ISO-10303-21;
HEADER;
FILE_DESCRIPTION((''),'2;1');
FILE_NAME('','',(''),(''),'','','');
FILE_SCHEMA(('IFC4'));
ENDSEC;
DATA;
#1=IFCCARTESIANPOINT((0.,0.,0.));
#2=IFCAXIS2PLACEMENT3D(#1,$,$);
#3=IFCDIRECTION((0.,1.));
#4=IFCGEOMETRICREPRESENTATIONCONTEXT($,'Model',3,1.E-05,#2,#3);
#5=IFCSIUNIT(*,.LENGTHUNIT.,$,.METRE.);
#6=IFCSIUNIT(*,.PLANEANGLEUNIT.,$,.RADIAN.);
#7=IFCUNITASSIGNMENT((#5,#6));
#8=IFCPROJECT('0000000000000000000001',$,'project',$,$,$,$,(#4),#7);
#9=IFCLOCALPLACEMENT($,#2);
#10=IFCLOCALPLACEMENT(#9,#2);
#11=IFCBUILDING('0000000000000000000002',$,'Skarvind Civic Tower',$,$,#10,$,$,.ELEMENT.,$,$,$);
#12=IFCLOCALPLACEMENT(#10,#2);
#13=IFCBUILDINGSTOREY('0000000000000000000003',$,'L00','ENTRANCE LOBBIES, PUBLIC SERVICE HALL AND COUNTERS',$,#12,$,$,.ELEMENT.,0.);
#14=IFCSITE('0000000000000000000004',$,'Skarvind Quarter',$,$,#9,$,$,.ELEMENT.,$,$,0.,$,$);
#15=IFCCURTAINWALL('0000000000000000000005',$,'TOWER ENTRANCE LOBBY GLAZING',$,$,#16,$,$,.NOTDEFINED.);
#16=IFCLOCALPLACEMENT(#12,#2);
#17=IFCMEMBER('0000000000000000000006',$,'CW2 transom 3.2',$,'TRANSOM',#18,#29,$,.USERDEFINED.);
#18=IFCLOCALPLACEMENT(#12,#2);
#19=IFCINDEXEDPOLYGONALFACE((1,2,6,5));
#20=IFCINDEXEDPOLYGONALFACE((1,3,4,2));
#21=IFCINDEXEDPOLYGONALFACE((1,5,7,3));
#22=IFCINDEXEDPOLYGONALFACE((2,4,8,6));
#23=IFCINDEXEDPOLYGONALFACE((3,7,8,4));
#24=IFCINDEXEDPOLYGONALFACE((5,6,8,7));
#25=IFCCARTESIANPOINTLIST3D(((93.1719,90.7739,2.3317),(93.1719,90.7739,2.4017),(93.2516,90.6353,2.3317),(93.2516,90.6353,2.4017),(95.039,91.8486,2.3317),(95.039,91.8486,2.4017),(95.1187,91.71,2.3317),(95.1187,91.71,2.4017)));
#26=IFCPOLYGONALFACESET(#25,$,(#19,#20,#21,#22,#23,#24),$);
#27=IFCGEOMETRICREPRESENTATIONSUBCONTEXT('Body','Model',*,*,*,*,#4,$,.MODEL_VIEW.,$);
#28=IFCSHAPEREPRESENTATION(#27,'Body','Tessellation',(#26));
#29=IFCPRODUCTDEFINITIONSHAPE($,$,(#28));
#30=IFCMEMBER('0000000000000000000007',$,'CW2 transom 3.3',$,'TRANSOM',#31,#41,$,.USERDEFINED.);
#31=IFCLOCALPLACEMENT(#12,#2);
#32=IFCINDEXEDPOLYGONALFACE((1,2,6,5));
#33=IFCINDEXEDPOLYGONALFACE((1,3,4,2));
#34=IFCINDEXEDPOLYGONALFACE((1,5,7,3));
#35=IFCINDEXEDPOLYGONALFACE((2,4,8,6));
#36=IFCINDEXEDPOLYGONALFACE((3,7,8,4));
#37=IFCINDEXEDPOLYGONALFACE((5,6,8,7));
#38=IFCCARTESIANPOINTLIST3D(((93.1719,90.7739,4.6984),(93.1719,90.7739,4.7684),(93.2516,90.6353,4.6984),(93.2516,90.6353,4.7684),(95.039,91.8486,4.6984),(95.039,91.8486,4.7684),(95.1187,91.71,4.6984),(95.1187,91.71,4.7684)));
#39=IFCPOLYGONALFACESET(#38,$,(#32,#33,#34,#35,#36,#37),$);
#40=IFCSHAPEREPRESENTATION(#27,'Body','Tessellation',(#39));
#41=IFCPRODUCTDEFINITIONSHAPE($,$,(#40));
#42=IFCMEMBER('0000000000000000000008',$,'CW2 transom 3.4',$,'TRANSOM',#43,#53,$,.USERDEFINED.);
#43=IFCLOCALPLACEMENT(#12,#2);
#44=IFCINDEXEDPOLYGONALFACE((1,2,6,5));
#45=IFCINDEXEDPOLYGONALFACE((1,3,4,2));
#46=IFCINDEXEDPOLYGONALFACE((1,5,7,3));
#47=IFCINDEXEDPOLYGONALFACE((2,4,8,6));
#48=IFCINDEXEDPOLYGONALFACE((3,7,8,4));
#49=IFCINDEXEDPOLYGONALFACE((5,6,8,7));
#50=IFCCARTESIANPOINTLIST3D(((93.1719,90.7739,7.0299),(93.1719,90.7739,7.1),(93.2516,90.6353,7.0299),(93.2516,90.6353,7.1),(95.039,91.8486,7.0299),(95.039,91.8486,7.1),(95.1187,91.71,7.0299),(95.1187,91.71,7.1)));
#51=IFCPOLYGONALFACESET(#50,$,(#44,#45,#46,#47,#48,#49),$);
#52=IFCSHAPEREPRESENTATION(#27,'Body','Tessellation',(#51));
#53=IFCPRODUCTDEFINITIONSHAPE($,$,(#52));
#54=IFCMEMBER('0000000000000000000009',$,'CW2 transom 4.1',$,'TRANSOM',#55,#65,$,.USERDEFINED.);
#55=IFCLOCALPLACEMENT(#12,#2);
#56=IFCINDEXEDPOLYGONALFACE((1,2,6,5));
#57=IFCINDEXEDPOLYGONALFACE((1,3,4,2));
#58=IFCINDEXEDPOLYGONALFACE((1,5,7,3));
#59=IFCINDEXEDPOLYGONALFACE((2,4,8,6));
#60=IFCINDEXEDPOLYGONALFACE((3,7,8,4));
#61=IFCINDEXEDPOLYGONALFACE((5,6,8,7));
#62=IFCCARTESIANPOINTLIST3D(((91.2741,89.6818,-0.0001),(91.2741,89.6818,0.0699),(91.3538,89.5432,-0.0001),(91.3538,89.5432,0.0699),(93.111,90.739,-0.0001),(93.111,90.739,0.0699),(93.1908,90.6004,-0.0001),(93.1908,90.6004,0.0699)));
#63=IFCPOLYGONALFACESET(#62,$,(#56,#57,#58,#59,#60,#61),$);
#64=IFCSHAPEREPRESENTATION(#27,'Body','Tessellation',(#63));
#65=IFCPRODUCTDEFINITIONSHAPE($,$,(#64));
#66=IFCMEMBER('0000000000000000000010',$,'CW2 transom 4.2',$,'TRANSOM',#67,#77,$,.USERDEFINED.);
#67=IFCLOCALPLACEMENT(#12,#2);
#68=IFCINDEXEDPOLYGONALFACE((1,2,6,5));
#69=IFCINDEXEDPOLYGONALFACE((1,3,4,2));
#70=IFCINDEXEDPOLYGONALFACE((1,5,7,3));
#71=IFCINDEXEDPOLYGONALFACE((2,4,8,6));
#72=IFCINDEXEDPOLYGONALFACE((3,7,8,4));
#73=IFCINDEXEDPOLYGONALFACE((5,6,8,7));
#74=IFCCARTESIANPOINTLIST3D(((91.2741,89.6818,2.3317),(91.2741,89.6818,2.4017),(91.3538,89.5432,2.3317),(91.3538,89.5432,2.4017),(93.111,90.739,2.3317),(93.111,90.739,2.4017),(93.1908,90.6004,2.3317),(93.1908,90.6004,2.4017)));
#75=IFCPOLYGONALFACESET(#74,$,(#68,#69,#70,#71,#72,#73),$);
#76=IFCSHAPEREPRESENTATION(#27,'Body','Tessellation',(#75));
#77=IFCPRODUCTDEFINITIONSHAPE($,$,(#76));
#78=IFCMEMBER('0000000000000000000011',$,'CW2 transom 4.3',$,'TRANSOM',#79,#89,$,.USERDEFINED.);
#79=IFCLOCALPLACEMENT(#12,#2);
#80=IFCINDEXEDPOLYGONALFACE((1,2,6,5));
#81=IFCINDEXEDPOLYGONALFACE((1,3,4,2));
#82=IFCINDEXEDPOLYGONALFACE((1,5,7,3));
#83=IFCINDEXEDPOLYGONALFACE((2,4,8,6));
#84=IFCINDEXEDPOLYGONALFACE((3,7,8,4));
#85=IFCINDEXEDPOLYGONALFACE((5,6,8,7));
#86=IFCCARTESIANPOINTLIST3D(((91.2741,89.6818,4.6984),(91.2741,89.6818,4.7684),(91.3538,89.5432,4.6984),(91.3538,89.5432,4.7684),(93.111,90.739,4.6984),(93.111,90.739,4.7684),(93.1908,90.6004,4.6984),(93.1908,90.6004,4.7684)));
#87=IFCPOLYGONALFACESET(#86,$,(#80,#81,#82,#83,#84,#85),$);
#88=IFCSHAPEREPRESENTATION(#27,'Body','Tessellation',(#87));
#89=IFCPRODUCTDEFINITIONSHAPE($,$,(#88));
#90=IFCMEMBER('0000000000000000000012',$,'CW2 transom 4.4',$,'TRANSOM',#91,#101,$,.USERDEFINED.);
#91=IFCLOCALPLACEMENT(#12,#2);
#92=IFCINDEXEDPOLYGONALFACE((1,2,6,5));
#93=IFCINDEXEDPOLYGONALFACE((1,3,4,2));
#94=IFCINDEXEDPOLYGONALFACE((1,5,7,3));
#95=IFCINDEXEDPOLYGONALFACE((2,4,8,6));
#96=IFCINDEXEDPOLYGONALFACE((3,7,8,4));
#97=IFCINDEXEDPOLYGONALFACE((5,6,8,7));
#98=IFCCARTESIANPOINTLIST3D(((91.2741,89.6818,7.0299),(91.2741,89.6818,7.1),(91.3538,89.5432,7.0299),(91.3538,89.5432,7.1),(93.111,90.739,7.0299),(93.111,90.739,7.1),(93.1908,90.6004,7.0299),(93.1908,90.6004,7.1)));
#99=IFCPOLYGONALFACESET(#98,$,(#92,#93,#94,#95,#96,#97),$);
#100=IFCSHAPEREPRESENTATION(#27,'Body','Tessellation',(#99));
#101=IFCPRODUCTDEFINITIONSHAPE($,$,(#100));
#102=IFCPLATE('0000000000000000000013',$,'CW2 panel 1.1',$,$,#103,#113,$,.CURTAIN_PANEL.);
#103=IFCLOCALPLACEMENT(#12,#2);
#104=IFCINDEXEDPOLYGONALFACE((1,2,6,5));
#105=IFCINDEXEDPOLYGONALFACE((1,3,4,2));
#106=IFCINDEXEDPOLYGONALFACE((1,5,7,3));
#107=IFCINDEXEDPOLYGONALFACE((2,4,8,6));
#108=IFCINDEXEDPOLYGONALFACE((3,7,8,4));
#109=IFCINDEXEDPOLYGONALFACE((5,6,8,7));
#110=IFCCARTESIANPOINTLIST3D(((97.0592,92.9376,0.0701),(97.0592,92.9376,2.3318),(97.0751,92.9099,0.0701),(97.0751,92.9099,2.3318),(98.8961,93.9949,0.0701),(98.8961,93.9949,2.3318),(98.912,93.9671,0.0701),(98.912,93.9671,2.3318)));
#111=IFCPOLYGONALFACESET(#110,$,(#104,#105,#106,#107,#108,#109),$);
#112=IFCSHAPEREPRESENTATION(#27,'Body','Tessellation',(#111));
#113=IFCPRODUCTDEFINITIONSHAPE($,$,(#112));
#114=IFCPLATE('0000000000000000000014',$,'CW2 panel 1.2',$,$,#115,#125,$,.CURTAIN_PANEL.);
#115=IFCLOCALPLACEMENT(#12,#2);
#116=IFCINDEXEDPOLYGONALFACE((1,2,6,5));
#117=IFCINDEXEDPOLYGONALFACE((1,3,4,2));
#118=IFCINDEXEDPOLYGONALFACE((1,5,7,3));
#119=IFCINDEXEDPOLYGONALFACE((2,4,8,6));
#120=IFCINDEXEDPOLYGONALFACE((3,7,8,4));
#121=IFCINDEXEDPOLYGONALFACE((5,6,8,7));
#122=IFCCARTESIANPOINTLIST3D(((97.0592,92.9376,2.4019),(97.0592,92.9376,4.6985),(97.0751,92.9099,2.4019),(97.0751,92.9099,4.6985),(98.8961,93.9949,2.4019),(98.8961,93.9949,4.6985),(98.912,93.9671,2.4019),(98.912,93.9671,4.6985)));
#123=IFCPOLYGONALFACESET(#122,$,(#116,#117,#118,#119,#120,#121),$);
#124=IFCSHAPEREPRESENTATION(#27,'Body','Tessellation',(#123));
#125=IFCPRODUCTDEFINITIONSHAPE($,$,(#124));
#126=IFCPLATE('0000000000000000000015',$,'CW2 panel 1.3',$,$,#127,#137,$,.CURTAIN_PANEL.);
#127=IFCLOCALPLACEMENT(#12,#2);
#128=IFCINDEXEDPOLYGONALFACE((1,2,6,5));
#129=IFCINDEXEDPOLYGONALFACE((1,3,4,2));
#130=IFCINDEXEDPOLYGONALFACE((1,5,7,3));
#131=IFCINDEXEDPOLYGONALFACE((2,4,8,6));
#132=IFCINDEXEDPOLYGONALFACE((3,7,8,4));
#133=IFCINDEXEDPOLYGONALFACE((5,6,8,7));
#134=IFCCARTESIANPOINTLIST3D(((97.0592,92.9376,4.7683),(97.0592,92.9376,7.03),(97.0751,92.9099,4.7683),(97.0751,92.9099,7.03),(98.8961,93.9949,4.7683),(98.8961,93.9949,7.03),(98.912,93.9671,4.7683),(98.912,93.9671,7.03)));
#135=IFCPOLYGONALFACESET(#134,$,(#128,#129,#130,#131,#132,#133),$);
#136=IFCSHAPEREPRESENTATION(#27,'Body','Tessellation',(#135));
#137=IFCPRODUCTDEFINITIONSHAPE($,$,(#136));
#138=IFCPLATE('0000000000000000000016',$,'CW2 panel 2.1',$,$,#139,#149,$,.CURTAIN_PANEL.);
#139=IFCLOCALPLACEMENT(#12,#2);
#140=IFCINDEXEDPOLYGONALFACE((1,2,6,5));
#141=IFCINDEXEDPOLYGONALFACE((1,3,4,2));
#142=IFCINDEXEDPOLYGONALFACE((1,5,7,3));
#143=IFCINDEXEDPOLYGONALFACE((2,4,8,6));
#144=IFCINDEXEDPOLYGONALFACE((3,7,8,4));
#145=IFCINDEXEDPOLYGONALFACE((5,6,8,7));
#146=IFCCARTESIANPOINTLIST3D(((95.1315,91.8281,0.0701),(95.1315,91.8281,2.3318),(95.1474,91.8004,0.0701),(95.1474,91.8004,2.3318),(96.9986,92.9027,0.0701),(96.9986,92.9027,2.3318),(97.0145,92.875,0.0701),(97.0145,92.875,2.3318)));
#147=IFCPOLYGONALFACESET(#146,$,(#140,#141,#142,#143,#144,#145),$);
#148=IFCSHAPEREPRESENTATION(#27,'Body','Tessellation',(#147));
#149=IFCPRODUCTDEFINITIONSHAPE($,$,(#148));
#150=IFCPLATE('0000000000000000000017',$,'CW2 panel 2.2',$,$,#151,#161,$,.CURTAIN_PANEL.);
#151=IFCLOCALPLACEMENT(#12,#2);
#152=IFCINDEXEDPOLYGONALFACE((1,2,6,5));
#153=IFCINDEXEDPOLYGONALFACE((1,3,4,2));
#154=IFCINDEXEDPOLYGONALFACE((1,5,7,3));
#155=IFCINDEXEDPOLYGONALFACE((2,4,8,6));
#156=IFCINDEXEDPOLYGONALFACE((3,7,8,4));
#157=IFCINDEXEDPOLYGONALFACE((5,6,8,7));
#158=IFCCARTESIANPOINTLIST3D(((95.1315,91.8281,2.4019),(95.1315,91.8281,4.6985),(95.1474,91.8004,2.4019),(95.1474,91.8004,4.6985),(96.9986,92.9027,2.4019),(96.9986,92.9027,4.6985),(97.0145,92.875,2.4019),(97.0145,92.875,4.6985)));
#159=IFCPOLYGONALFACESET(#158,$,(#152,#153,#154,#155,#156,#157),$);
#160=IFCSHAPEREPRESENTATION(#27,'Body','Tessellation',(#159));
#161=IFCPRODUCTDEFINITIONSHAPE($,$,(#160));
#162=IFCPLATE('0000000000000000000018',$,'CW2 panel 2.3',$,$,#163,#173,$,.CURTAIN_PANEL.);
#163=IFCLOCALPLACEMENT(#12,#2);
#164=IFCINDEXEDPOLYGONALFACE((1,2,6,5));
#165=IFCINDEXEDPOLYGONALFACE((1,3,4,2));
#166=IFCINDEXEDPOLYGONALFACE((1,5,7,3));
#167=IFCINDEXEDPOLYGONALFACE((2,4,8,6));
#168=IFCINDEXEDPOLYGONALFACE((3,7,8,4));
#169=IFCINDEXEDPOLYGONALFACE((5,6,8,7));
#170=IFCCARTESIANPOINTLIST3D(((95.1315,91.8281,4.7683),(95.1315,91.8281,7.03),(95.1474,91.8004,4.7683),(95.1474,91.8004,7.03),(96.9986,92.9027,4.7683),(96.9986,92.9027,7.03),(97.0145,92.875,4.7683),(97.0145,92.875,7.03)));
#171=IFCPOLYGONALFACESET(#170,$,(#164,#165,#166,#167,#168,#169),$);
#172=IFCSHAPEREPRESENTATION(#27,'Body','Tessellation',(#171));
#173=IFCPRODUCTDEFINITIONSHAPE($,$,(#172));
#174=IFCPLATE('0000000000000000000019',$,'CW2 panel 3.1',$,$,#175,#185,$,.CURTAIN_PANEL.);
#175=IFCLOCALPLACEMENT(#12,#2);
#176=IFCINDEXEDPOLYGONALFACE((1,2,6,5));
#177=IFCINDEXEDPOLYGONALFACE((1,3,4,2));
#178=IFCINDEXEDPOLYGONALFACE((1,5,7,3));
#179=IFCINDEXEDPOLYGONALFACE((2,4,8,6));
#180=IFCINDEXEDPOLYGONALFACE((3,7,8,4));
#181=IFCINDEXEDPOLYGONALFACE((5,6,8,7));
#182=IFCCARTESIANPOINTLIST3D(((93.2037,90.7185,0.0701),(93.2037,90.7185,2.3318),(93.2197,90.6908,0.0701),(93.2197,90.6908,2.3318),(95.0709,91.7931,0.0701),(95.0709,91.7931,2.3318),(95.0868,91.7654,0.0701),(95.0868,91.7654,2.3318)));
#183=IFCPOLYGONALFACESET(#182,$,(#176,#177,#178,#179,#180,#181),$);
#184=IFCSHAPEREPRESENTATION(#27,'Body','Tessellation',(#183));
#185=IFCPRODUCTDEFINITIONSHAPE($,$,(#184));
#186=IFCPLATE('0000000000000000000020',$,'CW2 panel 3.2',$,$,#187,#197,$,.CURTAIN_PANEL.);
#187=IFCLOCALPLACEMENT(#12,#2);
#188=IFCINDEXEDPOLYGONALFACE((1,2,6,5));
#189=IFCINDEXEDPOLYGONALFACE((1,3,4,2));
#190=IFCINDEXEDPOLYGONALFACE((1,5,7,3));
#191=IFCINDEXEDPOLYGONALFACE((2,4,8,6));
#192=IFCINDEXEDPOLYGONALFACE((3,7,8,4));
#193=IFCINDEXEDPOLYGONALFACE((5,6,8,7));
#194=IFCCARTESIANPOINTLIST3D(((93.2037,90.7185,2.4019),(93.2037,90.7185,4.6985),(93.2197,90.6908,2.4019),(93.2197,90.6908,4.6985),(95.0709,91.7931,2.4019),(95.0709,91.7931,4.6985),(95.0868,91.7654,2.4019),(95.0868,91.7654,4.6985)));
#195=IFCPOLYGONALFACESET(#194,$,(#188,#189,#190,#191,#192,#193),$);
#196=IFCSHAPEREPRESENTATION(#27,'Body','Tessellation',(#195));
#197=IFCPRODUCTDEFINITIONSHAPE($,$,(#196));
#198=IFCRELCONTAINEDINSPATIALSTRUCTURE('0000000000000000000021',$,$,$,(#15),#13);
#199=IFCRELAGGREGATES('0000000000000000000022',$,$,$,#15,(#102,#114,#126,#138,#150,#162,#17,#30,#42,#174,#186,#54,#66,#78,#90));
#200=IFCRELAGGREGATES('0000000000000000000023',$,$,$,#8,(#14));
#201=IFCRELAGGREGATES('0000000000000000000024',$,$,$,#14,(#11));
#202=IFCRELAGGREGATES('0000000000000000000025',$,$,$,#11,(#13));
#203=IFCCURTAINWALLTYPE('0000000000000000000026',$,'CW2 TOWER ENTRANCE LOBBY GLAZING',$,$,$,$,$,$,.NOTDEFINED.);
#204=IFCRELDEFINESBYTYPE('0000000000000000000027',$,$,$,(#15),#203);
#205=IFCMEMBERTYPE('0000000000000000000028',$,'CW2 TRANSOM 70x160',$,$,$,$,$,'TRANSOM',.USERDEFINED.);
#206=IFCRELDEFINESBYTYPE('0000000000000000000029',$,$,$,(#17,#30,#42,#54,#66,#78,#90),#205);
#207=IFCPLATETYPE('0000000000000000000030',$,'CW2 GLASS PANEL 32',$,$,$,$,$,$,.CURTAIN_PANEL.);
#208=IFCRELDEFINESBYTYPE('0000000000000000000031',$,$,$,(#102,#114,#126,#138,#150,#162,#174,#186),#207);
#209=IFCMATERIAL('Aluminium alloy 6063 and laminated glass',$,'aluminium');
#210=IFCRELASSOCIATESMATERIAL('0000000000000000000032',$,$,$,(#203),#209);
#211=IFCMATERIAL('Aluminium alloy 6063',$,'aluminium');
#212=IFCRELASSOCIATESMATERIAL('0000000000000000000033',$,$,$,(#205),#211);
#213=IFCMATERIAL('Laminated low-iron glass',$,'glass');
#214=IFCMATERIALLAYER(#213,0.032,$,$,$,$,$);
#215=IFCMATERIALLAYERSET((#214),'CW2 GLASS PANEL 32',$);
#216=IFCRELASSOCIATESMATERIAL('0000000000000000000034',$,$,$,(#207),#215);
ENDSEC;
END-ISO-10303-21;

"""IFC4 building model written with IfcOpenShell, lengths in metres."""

from ifc_helpers import new_model, si_unit, direction, frame, origin, origin_2d, place, context, subcontext, project, spatial, rectangle, extrude, material, layer, layer_set, material_profile, profile_set, type_object, element, aggregate, save


model = new_model("IFC4")

# Units and contexts
model_context = context("Model", 3, precision=1e-05, world=origin(), true_north=direction((0.0, 1.0)))
body_context = subcontext(model_context, "Body", "Model", "MODEL_VIEW")
ifc_project = project(units=[si_unit("LENGTHUNIT", "METRE"), si_unit("PLANEANGLEUNIT", "RADIAN")], contexts=[model_context])

# Site, building, storey
site_placement = place(None, origin())
site = spatial("IfcSite", under=ifc_project, at=site_placement, Name="Skarvind Quarter", CompositionType="ELEMENT", RefElevation=0.0)
building_placement = place(site_placement, origin())
building = spatial("IfcBuilding", under=site, at=building_placement, Name="Skarvind Civic Tower", CompositionType="ELEMENT")
storey_placement = place(building_placement, origin())
storey = spatial("IfcBuildingStorey", under=building, at=storey_placement, Name="L00", Description="ENTRANCE LOBBIES, PUBLIC SERVICE HALL AND COUNTERS", CompositionType="ELEMENT", Elevation=0.0)

# Curtain wall, members, plates
ifc_material_1 = material(Name="Aluminium alloy 6063 and laminated glass", Category="aluminium")
curtain_wall_type = type_object("IfcCurtainWallType", Name="CW2 TOWER ENTRANCE LOBBY GLAZING", PredefinedType="NOTDEFINED", material=ifc_material_1)
curtain_wall_placement = place(storey_placement, origin())
curtain_wall = element("IfcCurtainWall", 1, at=curtain_wall_placement, inside=storey, type_object=curtain_wall_type, Name="TOWER ENTRANCE LOBBY GLAZING", PredefinedType="NOTDEFINED")
ifc_material_2 = material(Name="Aluminium alloy 6063", Category="aluminium")
ifc_material_profile_1 = material_profile(ifc_material_2, rectangle(XDim=0.1599, YDim=0.0701, at=origin_2d()), Name="AL 70x160")
ifc_profile_set_1 = profile_set([ifc_material_profile_1], Name="Aluminium alloy 6063")
member_type_1 = type_object("IfcMemberType", Name="CW2 TRANSOM 70x160", ElementType="TRANSOM", PredefinedType="USERDEFINED", material=ifc_profile_set_1)
member_1_placement = place(storey_placement, frame((95.0789, 91.7793, 2.3667), z_axis=(-0.866691, -0.498846, 0.0), x_axis=(0.498846, -0.866691, 0.0)))
member_1 = element("IfcMember", 2, at=member_1_placement, type_object=member_type_1, Name="CW2 transom 3.2", ObjectType="TRANSOM", PredefinedType="USERDEFINED", context=body_context, shape_type="SweptSolid", body=[
    extrude(rectangle(XDim=0.1599, YDim=0.0701, at=origin_2d()), origin(), (0.0, 0.0, 1.0), 2.1543),
])
member_2_placement = place(storey_placement, frame((95.0789, 91.7793, 4.7334), z_axis=(-0.866691, -0.498846, 0.0), x_axis=(0.498846, -0.866691, 0.0)))
member_2 = element("IfcMember", 3, at=member_2_placement, type_object=member_type_1, Name="CW2 transom 3.3", ObjectType="TRANSOM", PredefinedType="USERDEFINED", context=body_context, shape_type="SweptSolid", body=[
    extrude(rectangle(XDim=0.1599, YDim=0.0701, at=origin_2d()), origin(), (0.0, 0.0, 1.0), 2.1543),
])
member_3_placement = place(storey_placement, frame((95.0789, 91.7793, 7.0649), z_axis=(-0.866691, -0.498846, 0.0), x_axis=(0.498846, -0.866691, 0.0)))
member_3 = element("IfcMember", 4, at=member_3_placement, type_object=member_type_1, Name="CW2 transom 3.4", ObjectType="TRANSOM", PredefinedType="USERDEFINED", context=body_context, shape_type="SweptSolid", body=[
    extrude(rectangle(XDim=0.1599, YDim=0.0701, at=origin_2d()), origin(), (0.0, 0.0, 1.0), 2.1543),
])
member_4_placement = place(storey_placement, frame((93.1509, 90.6697, 0.0349), z_axis=(-0.866722, -0.498791, 0.0), x_axis=(0.498791, -0.866722, 0.0)))
member_4 = element("IfcMember", 5, at=member_4_placement, type_object=member_type_1, Name="CW2 transom 4.1", ObjectType="TRANSOM", PredefinedType="USERDEFINED", context=body_context, shape_type="SweptSolid", body=[
    extrude(rectangle(XDim=0.1599, YDim=0.0701, at=origin_2d()), origin(), (0.0, 0.0, 1.0), 2.1194),
])
member_5_placement = place(storey_placement, frame((93.1509, 90.6697, 2.3667), z_axis=(-0.866722, -0.498791, 0.0), x_axis=(0.498791, -0.866722, 0.0)))
member_5 = element("IfcMember", 6, at=member_5_placement, type_object=member_type_1, Name="CW2 transom 4.2", ObjectType="TRANSOM", PredefinedType="USERDEFINED", context=body_context, shape_type="SweptSolid", body=[
    extrude(rectangle(XDim=0.1599, YDim=0.0701, at=origin_2d()), origin(), (0.0, 0.0, 1.0), 2.1194),
])
member_6_placement = place(storey_placement, frame((93.1509, 90.6697, 4.7334), z_axis=(-0.866722, -0.498791, 0.0), x_axis=(0.498791, -0.866722, 0.0)))
member_6 = element("IfcMember", 7, at=member_6_placement, type_object=member_type_1, Name="CW2 transom 4.3", ObjectType="TRANSOM", PredefinedType="USERDEFINED", context=body_context, shape_type="SweptSolid", body=[
    extrude(rectangle(XDim=0.1599, YDim=0.0701, at=origin_2d()), origin(), (0.0, 0.0, 1.0), 2.1194),
])
member_7_placement = place(storey_placement, frame((93.1509, 90.6697, 7.0649), z_axis=(-0.866722, -0.498791, 0.0), x_axis=(0.498791, -0.866722, 0.0)))
member_7 = element("IfcMember", 8, at=member_7_placement, type_object=member_type_1, Name="CW2 transom 4.4", ObjectType="TRANSOM", PredefinedType="USERDEFINED", context=body_context, shape_type="SweptSolid", body=[
    extrude(rectangle(XDim=0.1599, YDim=0.0701, at=origin_2d()), origin(), (0.0, 0.0, 1.0), 2.1194),
])
ifc_material_3 = material(Name="Laminated low-iron glass", Category="glass")
ifc_layer = layer(ifc_material_3, 0.032)
ifc_layer_set = layer_set([ifc_layer], Name="CW2 GLASS PANEL 32")
plate_type = type_object("IfcPlateType", Name="CW2 GLASS PANEL 32", PredefinedType="CURTAIN_PANEL", material=ifc_layer_set)
plate_1_placement = place(storey_placement, frame((97.9856, 93.4524, 0.0701), z_axis=(0.0, 0.0, 1.0), x_axis=(-0.8667, -0.49883, 0.0)))
plate_1 = element("IfcPlate", 9, at=plate_1_placement, type_object=plate_type, Name="CW2 panel 1.1", PredefinedType="CURTAIN_PANEL", context=body_context, shape_type="SweptSolid", body=[
    extrude(rectangle(XDim=2.1194, YDim=0.032, at=origin_2d()), origin(), (0.0, 0.0, 1.0), 2.2617),
])
plate_2_placement = place(storey_placement, frame((97.9856, 93.4524, 2.4019), z_axis=(0.0, 0.0, 1.0), x_axis=(-0.8667, -0.49883, 0.0)))
plate_2 = element("IfcPlate", 10, at=plate_2_placement, type_object=plate_type, Name="CW2 panel 1.2", PredefinedType="CURTAIN_PANEL", context=body_context, shape_type="SweptSolid", body=[
    extrude(rectangle(XDim=2.1194, YDim=0.032, at=origin_2d()), origin(), (0.0, 0.0, 1.0), 2.2966),
])
plate_3_placement = place(storey_placement, frame((97.9856, 93.4524, 4.7683), z_axis=(0.0, 0.0, 1.0), x_axis=(-0.8667, -0.49883, 0.0)))
plate_3 = element("IfcPlate", 11, at=plate_3_placement, type_object=plate_type, Name="CW2 panel 1.3", PredefinedType="CURTAIN_PANEL", context=body_context, shape_type="SweptSolid", body=[
    extrude(rectangle(XDim=2.1194, YDim=0.032, at=origin_2d()), origin(), (0.0, 0.0, 1.0), 2.2617),
])
plate_4_placement = place(storey_placement, frame((96.073, 92.3516, 0.0701), z_axis=(0.0, 0.0, 1.0), x_axis=(-0.8667, -0.49883, 0.0)))
plate_4 = element("IfcPlate", 12, at=plate_4_placement, type_object=plate_type, Name="CW2 panel 2.1", PredefinedType="CURTAIN_PANEL", context=body_context, shape_type="SweptSolid", body=[
    extrude(rectangle(XDim=2.1543, YDim=0.032, at=origin_2d()), origin(), (0.0, 0.0, 1.0), 2.2617),
])
plate_5_placement = place(storey_placement, frame((96.073, 92.3516, 2.4019), z_axis=(0.0, 0.0, 1.0), x_axis=(-0.8667, -0.49883, 0.0)))
plate_5 = element("IfcPlate", 13, at=plate_5_placement, type_object=plate_type, Name="CW2 panel 2.2", PredefinedType="CURTAIN_PANEL", context=body_context, shape_type="SweptSolid", body=[
    extrude(rectangle(XDim=2.1543, YDim=0.032, at=origin_2d()), origin(), (0.0, 0.0, 1.0), 2.2966),
])
plate_6_placement = place(storey_placement, frame((96.073, 92.3516, 4.7683), z_axis=(0.0, 0.0, 1.0), x_axis=(-0.8667, -0.49883, 0.0)))
plate_6 = element("IfcPlate", 14, at=plate_6_placement, type_object=plate_type, Name="CW2 panel 2.3", PredefinedType="CURTAIN_PANEL", context=body_context, shape_type="SweptSolid", body=[
    extrude(rectangle(XDim=2.1543, YDim=0.032, at=origin_2d()), origin(), (0.0, 0.0, 1.0), 2.2617),
])
plate_7_placement = place(storey_placement, frame((94.1453, 91.2419, 0.0701), z_axis=(0.0, 0.0, 1.0), x_axis=(-0.8667, -0.49883, 0.0)))
plate_7 = element("IfcPlate", 15, at=plate_7_placement, type_object=plate_type, Name="CW2 panel 3.1", PredefinedType="CURTAIN_PANEL", context=body_context, shape_type="SweptSolid", body=[
    extrude(rectangle(XDim=2.1543, YDim=0.032, at=origin_2d()), origin(), (0.0, 0.0, 1.0), 2.2617),
])
plate_8_placement = place(storey_placement, frame((94.1453, 91.2419, 2.4019), z_axis=(0.0, 0.0, 1.0), x_axis=(-0.8667, -0.49883, 0.0)))
plate_8 = element("IfcPlate", 16, at=plate_8_placement, type_object=plate_type, Name="CW2 panel 3.2", PredefinedType="CURTAIN_PANEL", context=body_context, shape_type="SweptSolid", body=[
    extrude(rectangle(XDim=2.1543, YDim=0.032, at=origin_2d()), origin(), (0.0, 0.0, 1.0), 2.2966),
])
aggregate(curtain_wall, [plate_1, plate_2, plate_3, plate_4, plate_5, plate_6, member_1, member_2, member_3, plate_7, plate_8, member_4, member_5, member_6, member_7])

save(model, "model.ifc")
